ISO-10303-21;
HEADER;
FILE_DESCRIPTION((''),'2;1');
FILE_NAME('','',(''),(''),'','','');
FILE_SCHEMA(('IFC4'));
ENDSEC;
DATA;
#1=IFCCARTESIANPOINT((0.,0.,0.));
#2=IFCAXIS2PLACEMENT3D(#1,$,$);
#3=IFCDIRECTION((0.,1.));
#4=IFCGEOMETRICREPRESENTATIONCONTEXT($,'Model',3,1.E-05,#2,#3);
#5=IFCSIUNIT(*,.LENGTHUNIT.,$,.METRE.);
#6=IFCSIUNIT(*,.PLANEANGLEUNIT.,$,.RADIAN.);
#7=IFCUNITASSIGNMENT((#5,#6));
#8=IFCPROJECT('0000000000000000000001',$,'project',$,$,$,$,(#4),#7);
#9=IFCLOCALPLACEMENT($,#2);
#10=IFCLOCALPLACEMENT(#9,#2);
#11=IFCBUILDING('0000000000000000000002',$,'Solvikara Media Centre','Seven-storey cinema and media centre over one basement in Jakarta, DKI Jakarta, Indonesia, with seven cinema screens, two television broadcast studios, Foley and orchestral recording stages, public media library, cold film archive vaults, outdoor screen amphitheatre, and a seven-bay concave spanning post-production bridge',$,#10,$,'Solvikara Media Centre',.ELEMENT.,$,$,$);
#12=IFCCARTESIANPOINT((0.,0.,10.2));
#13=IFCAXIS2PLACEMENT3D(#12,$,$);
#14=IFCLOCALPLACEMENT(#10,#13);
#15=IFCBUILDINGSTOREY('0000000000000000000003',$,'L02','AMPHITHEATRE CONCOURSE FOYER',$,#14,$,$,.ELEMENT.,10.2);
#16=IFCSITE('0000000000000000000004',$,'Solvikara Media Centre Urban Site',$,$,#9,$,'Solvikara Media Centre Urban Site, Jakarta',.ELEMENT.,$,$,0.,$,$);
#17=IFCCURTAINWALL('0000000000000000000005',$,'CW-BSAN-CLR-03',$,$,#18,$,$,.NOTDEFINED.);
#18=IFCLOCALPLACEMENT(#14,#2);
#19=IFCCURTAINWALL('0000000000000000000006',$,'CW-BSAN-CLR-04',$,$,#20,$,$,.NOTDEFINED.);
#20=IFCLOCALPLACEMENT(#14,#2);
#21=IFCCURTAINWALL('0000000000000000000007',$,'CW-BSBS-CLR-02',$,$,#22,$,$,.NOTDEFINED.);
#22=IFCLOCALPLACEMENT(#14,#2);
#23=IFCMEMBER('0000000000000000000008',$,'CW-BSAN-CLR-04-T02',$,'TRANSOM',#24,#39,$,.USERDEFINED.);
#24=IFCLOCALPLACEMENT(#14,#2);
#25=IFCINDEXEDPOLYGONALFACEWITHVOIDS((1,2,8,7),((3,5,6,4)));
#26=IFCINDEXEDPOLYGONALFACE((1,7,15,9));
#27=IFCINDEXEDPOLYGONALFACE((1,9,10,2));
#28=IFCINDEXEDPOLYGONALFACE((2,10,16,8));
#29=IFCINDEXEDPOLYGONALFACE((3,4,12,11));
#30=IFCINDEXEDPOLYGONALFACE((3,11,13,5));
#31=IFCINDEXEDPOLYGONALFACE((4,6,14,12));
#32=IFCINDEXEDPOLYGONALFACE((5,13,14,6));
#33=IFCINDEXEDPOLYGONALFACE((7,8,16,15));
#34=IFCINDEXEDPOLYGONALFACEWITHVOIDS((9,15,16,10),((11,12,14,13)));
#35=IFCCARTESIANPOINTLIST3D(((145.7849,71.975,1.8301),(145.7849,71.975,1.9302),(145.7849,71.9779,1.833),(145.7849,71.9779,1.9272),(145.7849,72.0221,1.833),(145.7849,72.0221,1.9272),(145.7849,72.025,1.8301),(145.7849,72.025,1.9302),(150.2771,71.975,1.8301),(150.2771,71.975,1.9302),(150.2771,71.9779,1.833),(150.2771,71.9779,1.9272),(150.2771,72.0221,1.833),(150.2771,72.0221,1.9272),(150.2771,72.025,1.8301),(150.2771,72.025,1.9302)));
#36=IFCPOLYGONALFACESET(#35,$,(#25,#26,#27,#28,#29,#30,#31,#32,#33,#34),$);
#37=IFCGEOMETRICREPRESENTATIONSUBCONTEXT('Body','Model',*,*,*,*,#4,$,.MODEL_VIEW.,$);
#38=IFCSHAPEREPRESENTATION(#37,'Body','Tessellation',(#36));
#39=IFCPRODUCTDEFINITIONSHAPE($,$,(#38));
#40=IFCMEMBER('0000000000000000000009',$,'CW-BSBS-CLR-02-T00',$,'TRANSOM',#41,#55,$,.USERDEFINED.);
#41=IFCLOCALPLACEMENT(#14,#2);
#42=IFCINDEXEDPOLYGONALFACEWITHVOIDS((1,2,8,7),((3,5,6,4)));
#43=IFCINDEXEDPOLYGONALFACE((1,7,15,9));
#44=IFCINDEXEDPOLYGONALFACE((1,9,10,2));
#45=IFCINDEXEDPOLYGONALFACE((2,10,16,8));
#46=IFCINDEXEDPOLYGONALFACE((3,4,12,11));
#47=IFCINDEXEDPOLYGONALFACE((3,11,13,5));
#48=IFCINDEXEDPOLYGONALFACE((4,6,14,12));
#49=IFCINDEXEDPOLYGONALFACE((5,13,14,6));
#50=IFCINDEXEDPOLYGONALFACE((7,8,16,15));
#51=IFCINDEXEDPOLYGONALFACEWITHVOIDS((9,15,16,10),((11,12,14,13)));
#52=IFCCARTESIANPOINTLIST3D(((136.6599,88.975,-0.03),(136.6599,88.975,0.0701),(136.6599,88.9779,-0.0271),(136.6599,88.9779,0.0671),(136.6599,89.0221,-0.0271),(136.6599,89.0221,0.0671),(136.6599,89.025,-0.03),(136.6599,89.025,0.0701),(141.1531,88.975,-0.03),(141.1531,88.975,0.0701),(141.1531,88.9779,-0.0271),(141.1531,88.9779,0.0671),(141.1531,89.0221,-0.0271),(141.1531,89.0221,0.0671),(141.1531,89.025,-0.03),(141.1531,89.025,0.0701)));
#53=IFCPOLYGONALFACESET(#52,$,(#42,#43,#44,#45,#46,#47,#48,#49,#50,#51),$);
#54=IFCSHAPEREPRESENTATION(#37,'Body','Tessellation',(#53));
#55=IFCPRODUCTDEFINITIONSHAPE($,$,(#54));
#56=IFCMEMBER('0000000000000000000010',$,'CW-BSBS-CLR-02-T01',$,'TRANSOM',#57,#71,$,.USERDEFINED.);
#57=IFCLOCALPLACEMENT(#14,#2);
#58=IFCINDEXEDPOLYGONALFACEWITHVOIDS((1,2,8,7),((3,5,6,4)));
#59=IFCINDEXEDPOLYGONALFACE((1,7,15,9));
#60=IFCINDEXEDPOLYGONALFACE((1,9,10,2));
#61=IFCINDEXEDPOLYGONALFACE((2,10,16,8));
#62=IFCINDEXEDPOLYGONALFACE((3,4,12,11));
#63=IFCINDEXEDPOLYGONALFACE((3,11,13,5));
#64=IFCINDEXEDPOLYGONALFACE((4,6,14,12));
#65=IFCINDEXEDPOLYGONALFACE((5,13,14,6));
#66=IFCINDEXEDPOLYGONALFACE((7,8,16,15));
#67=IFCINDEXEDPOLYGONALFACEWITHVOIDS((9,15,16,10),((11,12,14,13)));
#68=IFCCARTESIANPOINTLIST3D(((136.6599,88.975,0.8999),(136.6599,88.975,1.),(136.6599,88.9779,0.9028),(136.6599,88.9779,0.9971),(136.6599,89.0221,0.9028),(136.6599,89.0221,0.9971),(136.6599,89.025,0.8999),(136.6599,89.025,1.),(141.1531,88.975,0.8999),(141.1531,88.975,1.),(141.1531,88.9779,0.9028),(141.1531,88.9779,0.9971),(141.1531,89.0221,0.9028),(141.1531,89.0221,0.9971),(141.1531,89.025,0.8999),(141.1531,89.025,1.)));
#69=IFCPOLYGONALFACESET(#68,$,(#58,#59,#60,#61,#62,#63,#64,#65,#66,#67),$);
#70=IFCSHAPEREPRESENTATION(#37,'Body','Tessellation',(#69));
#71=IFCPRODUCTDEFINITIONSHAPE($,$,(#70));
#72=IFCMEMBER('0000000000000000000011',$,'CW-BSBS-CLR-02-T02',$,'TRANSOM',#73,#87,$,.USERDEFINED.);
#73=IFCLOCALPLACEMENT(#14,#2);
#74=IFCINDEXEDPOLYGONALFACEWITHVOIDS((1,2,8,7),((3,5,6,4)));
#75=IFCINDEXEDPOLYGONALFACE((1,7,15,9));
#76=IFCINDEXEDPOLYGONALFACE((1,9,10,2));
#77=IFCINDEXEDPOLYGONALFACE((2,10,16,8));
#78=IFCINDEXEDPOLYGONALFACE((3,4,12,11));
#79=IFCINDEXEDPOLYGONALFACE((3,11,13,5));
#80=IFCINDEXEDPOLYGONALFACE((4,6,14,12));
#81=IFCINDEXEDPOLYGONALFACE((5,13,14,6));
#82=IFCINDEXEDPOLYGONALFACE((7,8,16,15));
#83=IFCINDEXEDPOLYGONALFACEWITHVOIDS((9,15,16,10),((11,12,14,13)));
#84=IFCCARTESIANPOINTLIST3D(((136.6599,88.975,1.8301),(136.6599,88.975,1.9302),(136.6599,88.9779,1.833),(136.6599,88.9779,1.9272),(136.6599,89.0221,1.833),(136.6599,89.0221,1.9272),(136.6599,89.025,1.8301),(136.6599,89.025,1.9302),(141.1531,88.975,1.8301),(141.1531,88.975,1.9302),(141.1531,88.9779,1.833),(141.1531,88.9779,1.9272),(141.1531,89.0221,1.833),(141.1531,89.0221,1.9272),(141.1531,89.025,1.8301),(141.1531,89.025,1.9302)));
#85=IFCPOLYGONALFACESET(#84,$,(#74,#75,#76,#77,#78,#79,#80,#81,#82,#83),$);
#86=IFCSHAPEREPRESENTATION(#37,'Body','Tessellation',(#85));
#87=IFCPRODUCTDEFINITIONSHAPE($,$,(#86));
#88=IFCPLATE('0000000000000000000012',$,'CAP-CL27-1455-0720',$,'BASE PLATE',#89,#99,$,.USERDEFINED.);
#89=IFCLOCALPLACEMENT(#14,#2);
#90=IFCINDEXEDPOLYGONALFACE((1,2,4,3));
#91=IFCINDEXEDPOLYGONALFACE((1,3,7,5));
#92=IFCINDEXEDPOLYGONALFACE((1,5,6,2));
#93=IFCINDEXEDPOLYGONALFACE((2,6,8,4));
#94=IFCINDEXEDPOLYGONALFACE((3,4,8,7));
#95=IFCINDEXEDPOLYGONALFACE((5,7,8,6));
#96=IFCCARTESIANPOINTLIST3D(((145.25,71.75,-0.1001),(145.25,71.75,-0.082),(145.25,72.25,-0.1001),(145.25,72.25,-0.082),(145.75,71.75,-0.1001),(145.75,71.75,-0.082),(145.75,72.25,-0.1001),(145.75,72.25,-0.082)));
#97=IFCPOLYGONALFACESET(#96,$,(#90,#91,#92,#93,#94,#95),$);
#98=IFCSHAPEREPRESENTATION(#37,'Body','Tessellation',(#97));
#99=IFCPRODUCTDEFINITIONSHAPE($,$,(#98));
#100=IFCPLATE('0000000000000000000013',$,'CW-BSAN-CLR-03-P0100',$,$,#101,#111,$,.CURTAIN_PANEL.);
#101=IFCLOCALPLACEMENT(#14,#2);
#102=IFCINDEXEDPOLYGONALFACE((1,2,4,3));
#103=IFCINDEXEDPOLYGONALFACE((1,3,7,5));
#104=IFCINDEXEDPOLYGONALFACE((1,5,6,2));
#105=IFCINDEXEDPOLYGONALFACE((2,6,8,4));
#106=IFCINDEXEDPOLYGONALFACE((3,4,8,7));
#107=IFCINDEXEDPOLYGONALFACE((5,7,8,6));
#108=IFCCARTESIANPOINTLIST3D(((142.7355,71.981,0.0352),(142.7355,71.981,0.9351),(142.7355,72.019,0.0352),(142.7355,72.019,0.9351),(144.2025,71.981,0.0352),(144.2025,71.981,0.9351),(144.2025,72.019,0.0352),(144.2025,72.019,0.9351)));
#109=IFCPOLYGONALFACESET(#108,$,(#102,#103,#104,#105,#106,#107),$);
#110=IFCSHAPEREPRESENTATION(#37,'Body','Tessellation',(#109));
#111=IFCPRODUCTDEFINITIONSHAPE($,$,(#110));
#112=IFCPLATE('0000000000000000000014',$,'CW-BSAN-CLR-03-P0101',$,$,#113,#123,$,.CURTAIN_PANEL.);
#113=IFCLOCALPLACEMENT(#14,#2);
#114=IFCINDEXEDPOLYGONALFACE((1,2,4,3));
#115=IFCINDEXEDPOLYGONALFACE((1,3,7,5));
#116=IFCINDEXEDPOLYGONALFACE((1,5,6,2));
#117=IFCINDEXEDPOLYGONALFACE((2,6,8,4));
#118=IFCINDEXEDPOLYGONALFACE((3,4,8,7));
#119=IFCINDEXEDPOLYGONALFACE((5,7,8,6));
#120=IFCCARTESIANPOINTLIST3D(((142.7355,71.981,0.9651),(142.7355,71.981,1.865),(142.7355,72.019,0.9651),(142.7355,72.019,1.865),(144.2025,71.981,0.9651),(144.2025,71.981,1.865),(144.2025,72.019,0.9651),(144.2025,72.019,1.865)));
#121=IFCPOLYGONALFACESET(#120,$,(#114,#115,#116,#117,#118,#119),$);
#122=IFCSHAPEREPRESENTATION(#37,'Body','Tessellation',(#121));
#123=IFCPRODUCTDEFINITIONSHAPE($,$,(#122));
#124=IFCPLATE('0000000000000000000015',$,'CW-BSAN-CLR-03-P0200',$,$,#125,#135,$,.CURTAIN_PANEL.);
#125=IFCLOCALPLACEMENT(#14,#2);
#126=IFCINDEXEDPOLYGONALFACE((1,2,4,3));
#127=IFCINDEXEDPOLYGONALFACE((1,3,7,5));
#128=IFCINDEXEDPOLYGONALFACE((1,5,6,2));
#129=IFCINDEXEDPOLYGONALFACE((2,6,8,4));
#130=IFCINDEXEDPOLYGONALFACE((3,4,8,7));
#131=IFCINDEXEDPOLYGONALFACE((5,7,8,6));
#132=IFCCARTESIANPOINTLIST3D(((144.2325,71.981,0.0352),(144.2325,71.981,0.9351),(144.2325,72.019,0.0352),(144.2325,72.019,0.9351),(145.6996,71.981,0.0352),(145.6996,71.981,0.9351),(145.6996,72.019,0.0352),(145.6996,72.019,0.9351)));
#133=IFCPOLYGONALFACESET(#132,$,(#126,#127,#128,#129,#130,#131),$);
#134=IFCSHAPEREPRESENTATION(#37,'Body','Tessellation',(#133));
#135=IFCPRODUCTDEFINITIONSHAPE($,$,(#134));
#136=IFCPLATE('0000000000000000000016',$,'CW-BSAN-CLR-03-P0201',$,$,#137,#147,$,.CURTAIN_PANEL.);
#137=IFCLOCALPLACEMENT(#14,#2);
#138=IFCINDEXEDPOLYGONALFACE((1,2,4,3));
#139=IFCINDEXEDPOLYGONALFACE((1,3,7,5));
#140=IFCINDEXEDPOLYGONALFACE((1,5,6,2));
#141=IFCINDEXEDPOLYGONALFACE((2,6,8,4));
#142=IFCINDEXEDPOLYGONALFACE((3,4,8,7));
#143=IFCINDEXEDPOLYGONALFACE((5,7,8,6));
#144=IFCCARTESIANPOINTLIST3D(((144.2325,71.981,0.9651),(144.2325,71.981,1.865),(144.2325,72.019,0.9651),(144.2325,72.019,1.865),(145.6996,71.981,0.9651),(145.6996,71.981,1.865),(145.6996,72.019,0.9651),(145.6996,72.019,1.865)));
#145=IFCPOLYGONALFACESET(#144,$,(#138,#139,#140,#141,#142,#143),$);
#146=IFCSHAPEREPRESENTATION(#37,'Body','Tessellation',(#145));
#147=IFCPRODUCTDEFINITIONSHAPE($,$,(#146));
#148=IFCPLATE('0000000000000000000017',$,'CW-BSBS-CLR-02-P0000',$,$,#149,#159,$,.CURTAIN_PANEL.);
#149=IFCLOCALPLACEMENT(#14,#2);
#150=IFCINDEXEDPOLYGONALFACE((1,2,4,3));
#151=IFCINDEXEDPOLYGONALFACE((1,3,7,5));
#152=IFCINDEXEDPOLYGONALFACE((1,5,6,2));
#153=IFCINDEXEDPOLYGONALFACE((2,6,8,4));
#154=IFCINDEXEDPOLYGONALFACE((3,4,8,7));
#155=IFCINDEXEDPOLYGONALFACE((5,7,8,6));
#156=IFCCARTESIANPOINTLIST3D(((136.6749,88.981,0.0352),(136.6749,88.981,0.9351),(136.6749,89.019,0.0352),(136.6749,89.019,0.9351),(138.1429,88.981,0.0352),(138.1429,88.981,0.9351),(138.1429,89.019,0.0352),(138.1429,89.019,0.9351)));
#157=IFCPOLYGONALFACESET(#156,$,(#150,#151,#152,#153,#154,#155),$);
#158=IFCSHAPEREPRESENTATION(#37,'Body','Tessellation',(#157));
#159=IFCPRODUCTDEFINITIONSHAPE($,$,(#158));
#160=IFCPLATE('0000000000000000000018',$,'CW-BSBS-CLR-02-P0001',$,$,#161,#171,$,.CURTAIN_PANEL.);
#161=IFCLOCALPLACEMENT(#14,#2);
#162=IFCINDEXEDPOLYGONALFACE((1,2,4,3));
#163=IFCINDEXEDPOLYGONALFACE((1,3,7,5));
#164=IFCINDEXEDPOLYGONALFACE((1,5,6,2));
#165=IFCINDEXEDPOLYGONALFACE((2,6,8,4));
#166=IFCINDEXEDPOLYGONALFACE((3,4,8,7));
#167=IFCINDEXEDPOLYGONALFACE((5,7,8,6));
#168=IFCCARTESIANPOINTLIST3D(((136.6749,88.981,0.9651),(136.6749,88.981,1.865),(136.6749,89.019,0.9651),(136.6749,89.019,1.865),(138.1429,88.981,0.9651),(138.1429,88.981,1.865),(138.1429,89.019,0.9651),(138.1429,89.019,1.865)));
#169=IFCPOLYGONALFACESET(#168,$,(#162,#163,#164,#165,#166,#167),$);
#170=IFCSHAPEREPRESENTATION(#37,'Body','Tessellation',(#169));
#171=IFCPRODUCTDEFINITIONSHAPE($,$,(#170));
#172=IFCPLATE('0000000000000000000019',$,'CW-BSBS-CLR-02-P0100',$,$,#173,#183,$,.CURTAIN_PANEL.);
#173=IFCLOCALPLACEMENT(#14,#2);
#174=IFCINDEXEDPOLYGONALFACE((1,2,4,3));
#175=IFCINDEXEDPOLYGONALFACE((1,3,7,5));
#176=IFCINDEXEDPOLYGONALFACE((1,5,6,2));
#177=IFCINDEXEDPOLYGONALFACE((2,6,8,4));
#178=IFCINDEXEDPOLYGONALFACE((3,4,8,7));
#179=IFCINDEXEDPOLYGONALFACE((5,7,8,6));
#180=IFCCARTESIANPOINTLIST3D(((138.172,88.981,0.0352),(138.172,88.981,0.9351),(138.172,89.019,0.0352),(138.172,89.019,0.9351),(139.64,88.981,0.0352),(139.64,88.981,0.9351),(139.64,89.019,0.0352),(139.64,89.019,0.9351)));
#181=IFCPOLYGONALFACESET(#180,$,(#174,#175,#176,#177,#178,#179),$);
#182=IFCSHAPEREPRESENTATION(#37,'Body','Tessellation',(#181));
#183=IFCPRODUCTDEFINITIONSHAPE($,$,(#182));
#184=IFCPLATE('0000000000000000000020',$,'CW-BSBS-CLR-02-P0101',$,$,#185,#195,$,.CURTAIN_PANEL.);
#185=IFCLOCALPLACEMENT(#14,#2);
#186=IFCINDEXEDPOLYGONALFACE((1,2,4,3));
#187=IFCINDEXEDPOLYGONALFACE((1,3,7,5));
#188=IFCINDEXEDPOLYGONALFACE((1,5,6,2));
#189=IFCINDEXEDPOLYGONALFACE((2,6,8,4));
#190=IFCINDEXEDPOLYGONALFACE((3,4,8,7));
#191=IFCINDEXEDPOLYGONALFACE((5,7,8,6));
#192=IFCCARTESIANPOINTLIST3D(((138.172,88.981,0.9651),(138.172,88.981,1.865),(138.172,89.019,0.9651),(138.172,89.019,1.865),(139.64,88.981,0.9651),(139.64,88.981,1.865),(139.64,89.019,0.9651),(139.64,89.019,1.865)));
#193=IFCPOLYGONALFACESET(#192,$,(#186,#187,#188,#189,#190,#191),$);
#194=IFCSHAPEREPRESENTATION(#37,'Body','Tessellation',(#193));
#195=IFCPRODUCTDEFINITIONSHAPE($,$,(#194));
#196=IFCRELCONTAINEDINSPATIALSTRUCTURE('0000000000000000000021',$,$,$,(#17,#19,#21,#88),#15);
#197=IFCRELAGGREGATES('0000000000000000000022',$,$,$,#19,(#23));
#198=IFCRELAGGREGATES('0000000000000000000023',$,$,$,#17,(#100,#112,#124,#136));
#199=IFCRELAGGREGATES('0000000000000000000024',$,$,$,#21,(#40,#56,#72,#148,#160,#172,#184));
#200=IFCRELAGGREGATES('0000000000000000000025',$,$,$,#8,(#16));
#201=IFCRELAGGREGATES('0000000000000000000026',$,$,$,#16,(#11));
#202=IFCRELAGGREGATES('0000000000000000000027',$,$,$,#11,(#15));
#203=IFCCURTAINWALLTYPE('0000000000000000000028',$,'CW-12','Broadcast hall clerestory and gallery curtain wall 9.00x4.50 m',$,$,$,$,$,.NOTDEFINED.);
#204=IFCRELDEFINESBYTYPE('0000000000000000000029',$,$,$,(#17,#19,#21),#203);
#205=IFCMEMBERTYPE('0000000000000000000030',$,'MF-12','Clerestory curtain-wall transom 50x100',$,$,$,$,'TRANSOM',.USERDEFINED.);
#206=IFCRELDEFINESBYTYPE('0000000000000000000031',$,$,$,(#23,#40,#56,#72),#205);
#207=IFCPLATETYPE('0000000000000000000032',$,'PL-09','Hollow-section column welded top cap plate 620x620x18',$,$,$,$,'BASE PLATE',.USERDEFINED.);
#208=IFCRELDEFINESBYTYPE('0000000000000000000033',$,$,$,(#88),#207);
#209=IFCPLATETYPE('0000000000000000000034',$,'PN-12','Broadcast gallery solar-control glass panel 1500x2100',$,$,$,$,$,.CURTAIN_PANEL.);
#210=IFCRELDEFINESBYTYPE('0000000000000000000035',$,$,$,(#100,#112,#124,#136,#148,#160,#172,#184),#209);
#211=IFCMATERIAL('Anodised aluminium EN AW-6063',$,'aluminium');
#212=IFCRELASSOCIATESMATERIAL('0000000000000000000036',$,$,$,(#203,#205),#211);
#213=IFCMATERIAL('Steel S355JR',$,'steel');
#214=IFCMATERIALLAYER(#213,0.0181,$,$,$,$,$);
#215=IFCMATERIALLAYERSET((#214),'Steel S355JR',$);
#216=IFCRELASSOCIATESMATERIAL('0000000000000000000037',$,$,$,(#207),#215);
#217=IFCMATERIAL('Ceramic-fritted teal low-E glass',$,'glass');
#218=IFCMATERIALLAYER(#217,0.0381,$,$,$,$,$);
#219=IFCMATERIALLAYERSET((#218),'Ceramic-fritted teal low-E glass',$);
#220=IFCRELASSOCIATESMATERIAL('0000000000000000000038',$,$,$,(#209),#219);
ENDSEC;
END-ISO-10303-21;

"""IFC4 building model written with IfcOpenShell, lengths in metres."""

from ifc_helpers import new_model, si_unit, direction, frame, origin, origin_2d, place, context, subcontext, project, spatial, rectangle, hollow_rectangle, extrude, material, layer, layer_set, material_profile, profile_set, type_object, element, aggregate, save


model = new_model("IFC4")

# Units and contexts
model_context = context("Model", 3, precision=1e-05, world=origin(), true_north=direction((0.0, 1.0)))
body_context = subcontext(model_context, "Body", "Model", "MODEL_VIEW")
ifc_project = project(units=[si_unit("LENGTHUNIT", "METRE"), si_unit("PLANEANGLEUNIT", "RADIAN")], contexts=[model_context])

# Site, building, storey
site_placement = place(None, origin())
site = spatial("IfcSite", under=ifc_project, at=site_placement, Name="Solvikara Media Centre Urban Site", LongName="Solvikara Media Centre Urban Site, Jakarta", CompositionType="ELEMENT", RefElevation=0.0)
building_placement = place(site_placement, origin())
building = spatial("IfcBuilding", under=site, at=building_placement, Name="Solvikara Media Centre", Description="Seven-storey cinema and media centre over one basement in Jakarta, DKI Jakarta, Indonesia, with seven cinema screens, two television broadcast studios, Foley and orchestral recording stages, public media library, cold film archive vaults, outdoor screen amphitheatre, and a seven-bay concave spanning post-production bridge", LongName="Solvikara Media Centre", CompositionType="ELEMENT")
storey_placement = place(building_placement, frame((0.0, 0.0, 10.2)))
storey = spatial("IfcBuildingStorey", under=building, at=storey_placement, Name="L02", Description="AMPHITHEATRE CONCOURSE FOYER", CompositionType="ELEMENT", Elevation=10.2)

# Shared definitions
ifc_material_1 = material(Name="Steel S355JR", Category="steel")

# Curtain wall
ifc_material_2 = material(Name="Anodised aluminium EN AW-6063", Category="aluminium")
curtain_wall_type = type_object("IfcCurtainWallType", Name="CW-12", Description="Broadcast hall clerestory and gallery curtain wall 9.00x4.50 m", PredefinedType="NOTDEFINED", material=ifc_material_2)
curtain_wall_1_placement = place(storey_placement, origin())
curtain_wall_1 = element("IfcCurtainWall", 1, at=curtain_wall_1_placement, inside=storey, type_object=curtain_wall_type, Name="CW-BSAN-CLR-03", PredefinedType="NOTDEFINED")

# Curtain wall
curtain_wall_2_placement = place(storey_placement, origin())
curtain_wall_2 = element("IfcCurtainWall", 2, at=curtain_wall_2_placement, inside=storey, type_object=curtain_wall_type, Name="CW-BSAN-CLR-04", PredefinedType="NOTDEFINED")

# Curtain wall
curtain_wall_3_placement = place(storey_placement, origin())
curtain_wall_3 = element("IfcCurtainWall", 3, at=curtain_wall_3_placement, inside=storey, type_object=curtain_wall_type, Name="CW-BSBS-CLR-02", PredefinedType="NOTDEFINED")

# Members
ifc_material_profile_1 = material_profile(ifc_material_2, hollow_rectangle(XDim=0.05, YDim=0.1001, WallThickness=0.0029, at=origin_2d()), Name="ALU-T 50x100x3")
ifc_profile_set_1 = profile_set([ifc_material_profile_1], Name="Anodised aluminium EN AW-6063")
member_type_1 = type_object("IfcMemberType", Name="MF-12", Description="Clerestory curtain-wall transom 50x100", ElementType="TRANSOM", PredefinedType="USERDEFINED", material=ifc_profile_set_1)
member_1_placement = place(storey_placement, frame((145.7849, 72.0, 1.8801), z_axis=(1.0, 0.0, 0.0), x_axis=(0.0, 1.0, 0.0)))
member_1 = element("IfcMember", 4, at=member_1_placement, type_object=member_type_1, Name="CW-BSAN-CLR-04-T02", ObjectType="TRANSOM", PredefinedType="USERDEFINED", context=body_context, shape_type="SweptSolid", body=[
    extrude(hollow_rectangle(XDim=0.05, YDim=0.1001, WallThickness=0.0029, at=origin_2d()), origin(), (0.0, 0.0, 1.0), 4.4922),
])
aggregate(curtain_wall_2, [member_1])
member_2_placement = place(storey_placement, frame((136.6599, 89.0, 0.02), z_axis=(1.0, 0.0, 0.0), x_axis=(0.0, 1.0, 0.0)))
member_2 = element("IfcMember", 5, at=member_2_placement, type_object=member_type_1, Name="CW-BSBS-CLR-02-T00", ObjectType="TRANSOM", PredefinedType="USERDEFINED", context=body_context, shape_type="SweptSolid", body=[
    extrude(hollow_rectangle(XDim=0.05, YDim=0.1001, WallThickness=0.0029, at=origin_2d()), origin(), (0.0, 0.0, 1.0), 4.4932),
])
member_3_placement = place(storey_placement, frame((136.6599, 89.0, 0.95), z_axis=(1.0, 0.0, 0.0), x_axis=(0.0, 1.0, 0.0)))
member_3 = element("IfcMember", 6, at=member_3_placement, type_object=member_type_1, Name="CW-BSBS-CLR-02-T01", ObjectType="TRANSOM", PredefinedType="USERDEFINED", context=body_context, shape_type="SweptSolid", body=[
    extrude(hollow_rectangle(XDim=0.05, YDim=0.1001, WallThickness=0.0029, at=origin_2d()), origin(), (0.0, 0.0, 1.0), 4.4932),
])
member_4_placement = place(storey_placement, frame((136.6599, 89.0, 1.8801), z_axis=(1.0, 0.0, 0.0), x_axis=(0.0, 1.0, 0.0)))
member_4 = element("IfcMember", 7, at=member_4_placement, type_object=member_type_1, Name="CW-BSBS-CLR-02-T02", ObjectType="TRANSOM", PredefinedType="USERDEFINED", context=body_context, shape_type="SweptSolid", body=[
    extrude(hollow_rectangle(XDim=0.05, YDim=0.1001, WallThickness=0.0029, at=origin_2d()), origin(), (0.0, 0.0, 1.0), 4.4932),
])

# Plates
ifc_layer_1 = layer(ifc_material_1, 0.0181)
ifc_layer_set_1 = layer_set([ifc_layer_1], Name="Steel S355JR")
plate_type_1 = type_object("IfcPlateType", Name="PL-09", Description="Hollow-section column welded top cap plate 620x620x18", ElementType="BASE PLATE", PredefinedType="USERDEFINED", material=ifc_layer_set_1)
plate_1_placement = place(storey_placement, frame((145.5, 72.0, -0.1001), z_axis=(0.0, 0.0, 1.0), x_axis=(1.0, 0.0, 0.0)))
element("IfcPlate", 8, at=plate_1_placement, inside=storey, type_object=plate_type_1, Name="CAP-CL27-1455-0720", ObjectType="BASE PLATE", PredefinedType="USERDEFINED", context=body_context, shape_type="SweptSolid", body=[
    extrude(rectangle(XDim=0.5, YDim=0.5, at=origin_2d()), origin(), (0.0, 0.0, 1.0), 0.0181),
])
ifc_material_3 = material(Name="Ceramic-fritted teal low-E glass", Category="glass")
ifc_layer_2 = layer(ifc_material_3, 0.0381)
ifc_layer_set_2 = layer_set([ifc_layer_2], Name="Ceramic-fritted teal low-E glass")
plate_type_2 = type_object("IfcPlateType", Name="PN-12", Description="Broadcast gallery solar-control glass panel 1500x2100", PredefinedType="CURTAIN_PANEL", material=ifc_layer_set_2)
plate_2_placement = place(storey_placement, frame((143.469, 72.0, 0.0352), z_axis=(0.0, 0.0, 1.0), x_axis=(1.0, 0.0, 0.0)))
plate_2 = element("IfcPlate", 9, at=plate_2_placement, type_object=plate_type_2, Name="CW-BSAN-CLR-03-P0100", PredefinedType="CURTAIN_PANEL", context=body_context, shape_type="SweptSolid", body=[
    extrude(rectangle(XDim=1.467, YDim=0.0381, at=origin_2d()), origin(), (0.0, 0.0, 1.0), 0.8999),
])
plate_3_placement = place(storey_placement, frame((143.469, 72.0, 0.9651), z_axis=(0.0, 0.0, 1.0), x_axis=(1.0, 0.0, 0.0)))
plate_3 = element("IfcPlate", 10, at=plate_3_placement, type_object=plate_type_2, Name="CW-BSAN-CLR-03-P0101", PredefinedType="CURTAIN_PANEL", context=body_context, shape_type="SweptSolid", body=[
    extrude(rectangle(XDim=1.467, YDim=0.0381, at=origin_2d()), origin(), (0.0, 0.0, 1.0), 0.8999),
])
plate_4_placement = place(storey_placement, frame((144.9661, 72.0, 0.0352), z_axis=(0.0, 0.0, 1.0), x_axis=(1.0, 0.0, 0.0)))
plate_4 = element("IfcPlate", 11, at=plate_4_placement, type_object=plate_type_2, Name="CW-BSAN-CLR-03-P0200", PredefinedType="CURTAIN_PANEL", context=body_context, shape_type="SweptSolid", body=[
    extrude(rectangle(XDim=1.467, YDim=0.0381, at=origin_2d()), origin(), (0.0, 0.0, 1.0), 0.8999),
])
plate_5_placement = place(storey_placement, frame((144.9661, 72.0, 0.9651), z_axis=(0.0, 0.0, 1.0), x_axis=(1.0, 0.0, 0.0)))
plate_5 = element("IfcPlate", 12, at=plate_5_placement, type_object=plate_type_2, Name="CW-BSAN-CLR-03-P0201", PredefinedType="CURTAIN_PANEL", context=body_context, shape_type="SweptSolid", body=[
    extrude(rectangle(XDim=1.467, YDim=0.0381, at=origin_2d()), origin(), (0.0, 0.0, 1.0), 0.8999),
])
aggregate(curtain_wall_1, [plate_2, plate_3, plate_4, plate_5])
plate_6_placement = place(storey_placement, frame((137.4089, 89.0, 0.0352), z_axis=(0.0, 0.0, 1.0), x_axis=(1.0, 0.0, 0.0)))
plate_6 = element("IfcPlate", 13, at=plate_6_placement, type_object=plate_type_2, Name="CW-BSBS-CLR-02-P0000", PredefinedType="CURTAIN_PANEL", context=body_context, shape_type="SweptSolid", body=[
    extrude(rectangle(XDim=1.468, YDim=0.0381, at=origin_2d()), origin(), (0.0, 0.0, 1.0), 0.8999),
])
plate_7_placement = place(storey_placement, frame((137.4089, 89.0, 0.9651), z_axis=(0.0, 0.0, 1.0), x_axis=(1.0, 0.0, 0.0)))
plate_7 = element("IfcPlate", 14, at=plate_7_placement, type_object=plate_type_2, Name="CW-BSBS-CLR-02-P0001", PredefinedType="CURTAIN_PANEL", context=body_context, shape_type="SweptSolid", body=[
    extrude(rectangle(XDim=1.468, YDim=0.0381, at=origin_2d()), origin(), (0.0, 0.0, 1.0), 0.8999),
])
plate_8_placement = place(storey_placement, frame((138.906, 89.0, 0.0352), z_axis=(0.0, 0.0, 1.0), x_axis=(1.0, 0.0, 0.0)))
plate_8 = element("IfcPlate", 15, at=plate_8_placement, type_object=plate_type_2, Name="CW-BSBS-CLR-02-P0100", PredefinedType="CURTAIN_PANEL", context=body_context, shape_type="SweptSolid", body=[
    extrude(rectangle(XDim=1.468, YDim=0.0381, at=origin_2d()), origin(), (0.0, 0.0, 1.0), 0.8999),
])
plate_9_placement = place(storey_placement, frame((138.906, 89.0, 0.9651), z_axis=(0.0, 0.0, 1.0), x_axis=(1.0, 0.0, 0.0)))
plate_9 = element("IfcPlate", 16, at=plate_9_placement, type_object=plate_type_2, Name="CW-BSBS-CLR-02-P0101", PredefinedType="CURTAIN_PANEL", context=body_context, shape_type="SweptSolid", body=[
    extrude(rectangle(XDim=1.468, YDim=0.0381, at=origin_2d()), origin(), (0.0, 0.0, 1.0), 0.8999),
])
aggregate(curtain_wall_3, [member_2, member_3, member_4, plate_6, plate_7, plate_8, plate_9])

save(model, "model.ifc")
